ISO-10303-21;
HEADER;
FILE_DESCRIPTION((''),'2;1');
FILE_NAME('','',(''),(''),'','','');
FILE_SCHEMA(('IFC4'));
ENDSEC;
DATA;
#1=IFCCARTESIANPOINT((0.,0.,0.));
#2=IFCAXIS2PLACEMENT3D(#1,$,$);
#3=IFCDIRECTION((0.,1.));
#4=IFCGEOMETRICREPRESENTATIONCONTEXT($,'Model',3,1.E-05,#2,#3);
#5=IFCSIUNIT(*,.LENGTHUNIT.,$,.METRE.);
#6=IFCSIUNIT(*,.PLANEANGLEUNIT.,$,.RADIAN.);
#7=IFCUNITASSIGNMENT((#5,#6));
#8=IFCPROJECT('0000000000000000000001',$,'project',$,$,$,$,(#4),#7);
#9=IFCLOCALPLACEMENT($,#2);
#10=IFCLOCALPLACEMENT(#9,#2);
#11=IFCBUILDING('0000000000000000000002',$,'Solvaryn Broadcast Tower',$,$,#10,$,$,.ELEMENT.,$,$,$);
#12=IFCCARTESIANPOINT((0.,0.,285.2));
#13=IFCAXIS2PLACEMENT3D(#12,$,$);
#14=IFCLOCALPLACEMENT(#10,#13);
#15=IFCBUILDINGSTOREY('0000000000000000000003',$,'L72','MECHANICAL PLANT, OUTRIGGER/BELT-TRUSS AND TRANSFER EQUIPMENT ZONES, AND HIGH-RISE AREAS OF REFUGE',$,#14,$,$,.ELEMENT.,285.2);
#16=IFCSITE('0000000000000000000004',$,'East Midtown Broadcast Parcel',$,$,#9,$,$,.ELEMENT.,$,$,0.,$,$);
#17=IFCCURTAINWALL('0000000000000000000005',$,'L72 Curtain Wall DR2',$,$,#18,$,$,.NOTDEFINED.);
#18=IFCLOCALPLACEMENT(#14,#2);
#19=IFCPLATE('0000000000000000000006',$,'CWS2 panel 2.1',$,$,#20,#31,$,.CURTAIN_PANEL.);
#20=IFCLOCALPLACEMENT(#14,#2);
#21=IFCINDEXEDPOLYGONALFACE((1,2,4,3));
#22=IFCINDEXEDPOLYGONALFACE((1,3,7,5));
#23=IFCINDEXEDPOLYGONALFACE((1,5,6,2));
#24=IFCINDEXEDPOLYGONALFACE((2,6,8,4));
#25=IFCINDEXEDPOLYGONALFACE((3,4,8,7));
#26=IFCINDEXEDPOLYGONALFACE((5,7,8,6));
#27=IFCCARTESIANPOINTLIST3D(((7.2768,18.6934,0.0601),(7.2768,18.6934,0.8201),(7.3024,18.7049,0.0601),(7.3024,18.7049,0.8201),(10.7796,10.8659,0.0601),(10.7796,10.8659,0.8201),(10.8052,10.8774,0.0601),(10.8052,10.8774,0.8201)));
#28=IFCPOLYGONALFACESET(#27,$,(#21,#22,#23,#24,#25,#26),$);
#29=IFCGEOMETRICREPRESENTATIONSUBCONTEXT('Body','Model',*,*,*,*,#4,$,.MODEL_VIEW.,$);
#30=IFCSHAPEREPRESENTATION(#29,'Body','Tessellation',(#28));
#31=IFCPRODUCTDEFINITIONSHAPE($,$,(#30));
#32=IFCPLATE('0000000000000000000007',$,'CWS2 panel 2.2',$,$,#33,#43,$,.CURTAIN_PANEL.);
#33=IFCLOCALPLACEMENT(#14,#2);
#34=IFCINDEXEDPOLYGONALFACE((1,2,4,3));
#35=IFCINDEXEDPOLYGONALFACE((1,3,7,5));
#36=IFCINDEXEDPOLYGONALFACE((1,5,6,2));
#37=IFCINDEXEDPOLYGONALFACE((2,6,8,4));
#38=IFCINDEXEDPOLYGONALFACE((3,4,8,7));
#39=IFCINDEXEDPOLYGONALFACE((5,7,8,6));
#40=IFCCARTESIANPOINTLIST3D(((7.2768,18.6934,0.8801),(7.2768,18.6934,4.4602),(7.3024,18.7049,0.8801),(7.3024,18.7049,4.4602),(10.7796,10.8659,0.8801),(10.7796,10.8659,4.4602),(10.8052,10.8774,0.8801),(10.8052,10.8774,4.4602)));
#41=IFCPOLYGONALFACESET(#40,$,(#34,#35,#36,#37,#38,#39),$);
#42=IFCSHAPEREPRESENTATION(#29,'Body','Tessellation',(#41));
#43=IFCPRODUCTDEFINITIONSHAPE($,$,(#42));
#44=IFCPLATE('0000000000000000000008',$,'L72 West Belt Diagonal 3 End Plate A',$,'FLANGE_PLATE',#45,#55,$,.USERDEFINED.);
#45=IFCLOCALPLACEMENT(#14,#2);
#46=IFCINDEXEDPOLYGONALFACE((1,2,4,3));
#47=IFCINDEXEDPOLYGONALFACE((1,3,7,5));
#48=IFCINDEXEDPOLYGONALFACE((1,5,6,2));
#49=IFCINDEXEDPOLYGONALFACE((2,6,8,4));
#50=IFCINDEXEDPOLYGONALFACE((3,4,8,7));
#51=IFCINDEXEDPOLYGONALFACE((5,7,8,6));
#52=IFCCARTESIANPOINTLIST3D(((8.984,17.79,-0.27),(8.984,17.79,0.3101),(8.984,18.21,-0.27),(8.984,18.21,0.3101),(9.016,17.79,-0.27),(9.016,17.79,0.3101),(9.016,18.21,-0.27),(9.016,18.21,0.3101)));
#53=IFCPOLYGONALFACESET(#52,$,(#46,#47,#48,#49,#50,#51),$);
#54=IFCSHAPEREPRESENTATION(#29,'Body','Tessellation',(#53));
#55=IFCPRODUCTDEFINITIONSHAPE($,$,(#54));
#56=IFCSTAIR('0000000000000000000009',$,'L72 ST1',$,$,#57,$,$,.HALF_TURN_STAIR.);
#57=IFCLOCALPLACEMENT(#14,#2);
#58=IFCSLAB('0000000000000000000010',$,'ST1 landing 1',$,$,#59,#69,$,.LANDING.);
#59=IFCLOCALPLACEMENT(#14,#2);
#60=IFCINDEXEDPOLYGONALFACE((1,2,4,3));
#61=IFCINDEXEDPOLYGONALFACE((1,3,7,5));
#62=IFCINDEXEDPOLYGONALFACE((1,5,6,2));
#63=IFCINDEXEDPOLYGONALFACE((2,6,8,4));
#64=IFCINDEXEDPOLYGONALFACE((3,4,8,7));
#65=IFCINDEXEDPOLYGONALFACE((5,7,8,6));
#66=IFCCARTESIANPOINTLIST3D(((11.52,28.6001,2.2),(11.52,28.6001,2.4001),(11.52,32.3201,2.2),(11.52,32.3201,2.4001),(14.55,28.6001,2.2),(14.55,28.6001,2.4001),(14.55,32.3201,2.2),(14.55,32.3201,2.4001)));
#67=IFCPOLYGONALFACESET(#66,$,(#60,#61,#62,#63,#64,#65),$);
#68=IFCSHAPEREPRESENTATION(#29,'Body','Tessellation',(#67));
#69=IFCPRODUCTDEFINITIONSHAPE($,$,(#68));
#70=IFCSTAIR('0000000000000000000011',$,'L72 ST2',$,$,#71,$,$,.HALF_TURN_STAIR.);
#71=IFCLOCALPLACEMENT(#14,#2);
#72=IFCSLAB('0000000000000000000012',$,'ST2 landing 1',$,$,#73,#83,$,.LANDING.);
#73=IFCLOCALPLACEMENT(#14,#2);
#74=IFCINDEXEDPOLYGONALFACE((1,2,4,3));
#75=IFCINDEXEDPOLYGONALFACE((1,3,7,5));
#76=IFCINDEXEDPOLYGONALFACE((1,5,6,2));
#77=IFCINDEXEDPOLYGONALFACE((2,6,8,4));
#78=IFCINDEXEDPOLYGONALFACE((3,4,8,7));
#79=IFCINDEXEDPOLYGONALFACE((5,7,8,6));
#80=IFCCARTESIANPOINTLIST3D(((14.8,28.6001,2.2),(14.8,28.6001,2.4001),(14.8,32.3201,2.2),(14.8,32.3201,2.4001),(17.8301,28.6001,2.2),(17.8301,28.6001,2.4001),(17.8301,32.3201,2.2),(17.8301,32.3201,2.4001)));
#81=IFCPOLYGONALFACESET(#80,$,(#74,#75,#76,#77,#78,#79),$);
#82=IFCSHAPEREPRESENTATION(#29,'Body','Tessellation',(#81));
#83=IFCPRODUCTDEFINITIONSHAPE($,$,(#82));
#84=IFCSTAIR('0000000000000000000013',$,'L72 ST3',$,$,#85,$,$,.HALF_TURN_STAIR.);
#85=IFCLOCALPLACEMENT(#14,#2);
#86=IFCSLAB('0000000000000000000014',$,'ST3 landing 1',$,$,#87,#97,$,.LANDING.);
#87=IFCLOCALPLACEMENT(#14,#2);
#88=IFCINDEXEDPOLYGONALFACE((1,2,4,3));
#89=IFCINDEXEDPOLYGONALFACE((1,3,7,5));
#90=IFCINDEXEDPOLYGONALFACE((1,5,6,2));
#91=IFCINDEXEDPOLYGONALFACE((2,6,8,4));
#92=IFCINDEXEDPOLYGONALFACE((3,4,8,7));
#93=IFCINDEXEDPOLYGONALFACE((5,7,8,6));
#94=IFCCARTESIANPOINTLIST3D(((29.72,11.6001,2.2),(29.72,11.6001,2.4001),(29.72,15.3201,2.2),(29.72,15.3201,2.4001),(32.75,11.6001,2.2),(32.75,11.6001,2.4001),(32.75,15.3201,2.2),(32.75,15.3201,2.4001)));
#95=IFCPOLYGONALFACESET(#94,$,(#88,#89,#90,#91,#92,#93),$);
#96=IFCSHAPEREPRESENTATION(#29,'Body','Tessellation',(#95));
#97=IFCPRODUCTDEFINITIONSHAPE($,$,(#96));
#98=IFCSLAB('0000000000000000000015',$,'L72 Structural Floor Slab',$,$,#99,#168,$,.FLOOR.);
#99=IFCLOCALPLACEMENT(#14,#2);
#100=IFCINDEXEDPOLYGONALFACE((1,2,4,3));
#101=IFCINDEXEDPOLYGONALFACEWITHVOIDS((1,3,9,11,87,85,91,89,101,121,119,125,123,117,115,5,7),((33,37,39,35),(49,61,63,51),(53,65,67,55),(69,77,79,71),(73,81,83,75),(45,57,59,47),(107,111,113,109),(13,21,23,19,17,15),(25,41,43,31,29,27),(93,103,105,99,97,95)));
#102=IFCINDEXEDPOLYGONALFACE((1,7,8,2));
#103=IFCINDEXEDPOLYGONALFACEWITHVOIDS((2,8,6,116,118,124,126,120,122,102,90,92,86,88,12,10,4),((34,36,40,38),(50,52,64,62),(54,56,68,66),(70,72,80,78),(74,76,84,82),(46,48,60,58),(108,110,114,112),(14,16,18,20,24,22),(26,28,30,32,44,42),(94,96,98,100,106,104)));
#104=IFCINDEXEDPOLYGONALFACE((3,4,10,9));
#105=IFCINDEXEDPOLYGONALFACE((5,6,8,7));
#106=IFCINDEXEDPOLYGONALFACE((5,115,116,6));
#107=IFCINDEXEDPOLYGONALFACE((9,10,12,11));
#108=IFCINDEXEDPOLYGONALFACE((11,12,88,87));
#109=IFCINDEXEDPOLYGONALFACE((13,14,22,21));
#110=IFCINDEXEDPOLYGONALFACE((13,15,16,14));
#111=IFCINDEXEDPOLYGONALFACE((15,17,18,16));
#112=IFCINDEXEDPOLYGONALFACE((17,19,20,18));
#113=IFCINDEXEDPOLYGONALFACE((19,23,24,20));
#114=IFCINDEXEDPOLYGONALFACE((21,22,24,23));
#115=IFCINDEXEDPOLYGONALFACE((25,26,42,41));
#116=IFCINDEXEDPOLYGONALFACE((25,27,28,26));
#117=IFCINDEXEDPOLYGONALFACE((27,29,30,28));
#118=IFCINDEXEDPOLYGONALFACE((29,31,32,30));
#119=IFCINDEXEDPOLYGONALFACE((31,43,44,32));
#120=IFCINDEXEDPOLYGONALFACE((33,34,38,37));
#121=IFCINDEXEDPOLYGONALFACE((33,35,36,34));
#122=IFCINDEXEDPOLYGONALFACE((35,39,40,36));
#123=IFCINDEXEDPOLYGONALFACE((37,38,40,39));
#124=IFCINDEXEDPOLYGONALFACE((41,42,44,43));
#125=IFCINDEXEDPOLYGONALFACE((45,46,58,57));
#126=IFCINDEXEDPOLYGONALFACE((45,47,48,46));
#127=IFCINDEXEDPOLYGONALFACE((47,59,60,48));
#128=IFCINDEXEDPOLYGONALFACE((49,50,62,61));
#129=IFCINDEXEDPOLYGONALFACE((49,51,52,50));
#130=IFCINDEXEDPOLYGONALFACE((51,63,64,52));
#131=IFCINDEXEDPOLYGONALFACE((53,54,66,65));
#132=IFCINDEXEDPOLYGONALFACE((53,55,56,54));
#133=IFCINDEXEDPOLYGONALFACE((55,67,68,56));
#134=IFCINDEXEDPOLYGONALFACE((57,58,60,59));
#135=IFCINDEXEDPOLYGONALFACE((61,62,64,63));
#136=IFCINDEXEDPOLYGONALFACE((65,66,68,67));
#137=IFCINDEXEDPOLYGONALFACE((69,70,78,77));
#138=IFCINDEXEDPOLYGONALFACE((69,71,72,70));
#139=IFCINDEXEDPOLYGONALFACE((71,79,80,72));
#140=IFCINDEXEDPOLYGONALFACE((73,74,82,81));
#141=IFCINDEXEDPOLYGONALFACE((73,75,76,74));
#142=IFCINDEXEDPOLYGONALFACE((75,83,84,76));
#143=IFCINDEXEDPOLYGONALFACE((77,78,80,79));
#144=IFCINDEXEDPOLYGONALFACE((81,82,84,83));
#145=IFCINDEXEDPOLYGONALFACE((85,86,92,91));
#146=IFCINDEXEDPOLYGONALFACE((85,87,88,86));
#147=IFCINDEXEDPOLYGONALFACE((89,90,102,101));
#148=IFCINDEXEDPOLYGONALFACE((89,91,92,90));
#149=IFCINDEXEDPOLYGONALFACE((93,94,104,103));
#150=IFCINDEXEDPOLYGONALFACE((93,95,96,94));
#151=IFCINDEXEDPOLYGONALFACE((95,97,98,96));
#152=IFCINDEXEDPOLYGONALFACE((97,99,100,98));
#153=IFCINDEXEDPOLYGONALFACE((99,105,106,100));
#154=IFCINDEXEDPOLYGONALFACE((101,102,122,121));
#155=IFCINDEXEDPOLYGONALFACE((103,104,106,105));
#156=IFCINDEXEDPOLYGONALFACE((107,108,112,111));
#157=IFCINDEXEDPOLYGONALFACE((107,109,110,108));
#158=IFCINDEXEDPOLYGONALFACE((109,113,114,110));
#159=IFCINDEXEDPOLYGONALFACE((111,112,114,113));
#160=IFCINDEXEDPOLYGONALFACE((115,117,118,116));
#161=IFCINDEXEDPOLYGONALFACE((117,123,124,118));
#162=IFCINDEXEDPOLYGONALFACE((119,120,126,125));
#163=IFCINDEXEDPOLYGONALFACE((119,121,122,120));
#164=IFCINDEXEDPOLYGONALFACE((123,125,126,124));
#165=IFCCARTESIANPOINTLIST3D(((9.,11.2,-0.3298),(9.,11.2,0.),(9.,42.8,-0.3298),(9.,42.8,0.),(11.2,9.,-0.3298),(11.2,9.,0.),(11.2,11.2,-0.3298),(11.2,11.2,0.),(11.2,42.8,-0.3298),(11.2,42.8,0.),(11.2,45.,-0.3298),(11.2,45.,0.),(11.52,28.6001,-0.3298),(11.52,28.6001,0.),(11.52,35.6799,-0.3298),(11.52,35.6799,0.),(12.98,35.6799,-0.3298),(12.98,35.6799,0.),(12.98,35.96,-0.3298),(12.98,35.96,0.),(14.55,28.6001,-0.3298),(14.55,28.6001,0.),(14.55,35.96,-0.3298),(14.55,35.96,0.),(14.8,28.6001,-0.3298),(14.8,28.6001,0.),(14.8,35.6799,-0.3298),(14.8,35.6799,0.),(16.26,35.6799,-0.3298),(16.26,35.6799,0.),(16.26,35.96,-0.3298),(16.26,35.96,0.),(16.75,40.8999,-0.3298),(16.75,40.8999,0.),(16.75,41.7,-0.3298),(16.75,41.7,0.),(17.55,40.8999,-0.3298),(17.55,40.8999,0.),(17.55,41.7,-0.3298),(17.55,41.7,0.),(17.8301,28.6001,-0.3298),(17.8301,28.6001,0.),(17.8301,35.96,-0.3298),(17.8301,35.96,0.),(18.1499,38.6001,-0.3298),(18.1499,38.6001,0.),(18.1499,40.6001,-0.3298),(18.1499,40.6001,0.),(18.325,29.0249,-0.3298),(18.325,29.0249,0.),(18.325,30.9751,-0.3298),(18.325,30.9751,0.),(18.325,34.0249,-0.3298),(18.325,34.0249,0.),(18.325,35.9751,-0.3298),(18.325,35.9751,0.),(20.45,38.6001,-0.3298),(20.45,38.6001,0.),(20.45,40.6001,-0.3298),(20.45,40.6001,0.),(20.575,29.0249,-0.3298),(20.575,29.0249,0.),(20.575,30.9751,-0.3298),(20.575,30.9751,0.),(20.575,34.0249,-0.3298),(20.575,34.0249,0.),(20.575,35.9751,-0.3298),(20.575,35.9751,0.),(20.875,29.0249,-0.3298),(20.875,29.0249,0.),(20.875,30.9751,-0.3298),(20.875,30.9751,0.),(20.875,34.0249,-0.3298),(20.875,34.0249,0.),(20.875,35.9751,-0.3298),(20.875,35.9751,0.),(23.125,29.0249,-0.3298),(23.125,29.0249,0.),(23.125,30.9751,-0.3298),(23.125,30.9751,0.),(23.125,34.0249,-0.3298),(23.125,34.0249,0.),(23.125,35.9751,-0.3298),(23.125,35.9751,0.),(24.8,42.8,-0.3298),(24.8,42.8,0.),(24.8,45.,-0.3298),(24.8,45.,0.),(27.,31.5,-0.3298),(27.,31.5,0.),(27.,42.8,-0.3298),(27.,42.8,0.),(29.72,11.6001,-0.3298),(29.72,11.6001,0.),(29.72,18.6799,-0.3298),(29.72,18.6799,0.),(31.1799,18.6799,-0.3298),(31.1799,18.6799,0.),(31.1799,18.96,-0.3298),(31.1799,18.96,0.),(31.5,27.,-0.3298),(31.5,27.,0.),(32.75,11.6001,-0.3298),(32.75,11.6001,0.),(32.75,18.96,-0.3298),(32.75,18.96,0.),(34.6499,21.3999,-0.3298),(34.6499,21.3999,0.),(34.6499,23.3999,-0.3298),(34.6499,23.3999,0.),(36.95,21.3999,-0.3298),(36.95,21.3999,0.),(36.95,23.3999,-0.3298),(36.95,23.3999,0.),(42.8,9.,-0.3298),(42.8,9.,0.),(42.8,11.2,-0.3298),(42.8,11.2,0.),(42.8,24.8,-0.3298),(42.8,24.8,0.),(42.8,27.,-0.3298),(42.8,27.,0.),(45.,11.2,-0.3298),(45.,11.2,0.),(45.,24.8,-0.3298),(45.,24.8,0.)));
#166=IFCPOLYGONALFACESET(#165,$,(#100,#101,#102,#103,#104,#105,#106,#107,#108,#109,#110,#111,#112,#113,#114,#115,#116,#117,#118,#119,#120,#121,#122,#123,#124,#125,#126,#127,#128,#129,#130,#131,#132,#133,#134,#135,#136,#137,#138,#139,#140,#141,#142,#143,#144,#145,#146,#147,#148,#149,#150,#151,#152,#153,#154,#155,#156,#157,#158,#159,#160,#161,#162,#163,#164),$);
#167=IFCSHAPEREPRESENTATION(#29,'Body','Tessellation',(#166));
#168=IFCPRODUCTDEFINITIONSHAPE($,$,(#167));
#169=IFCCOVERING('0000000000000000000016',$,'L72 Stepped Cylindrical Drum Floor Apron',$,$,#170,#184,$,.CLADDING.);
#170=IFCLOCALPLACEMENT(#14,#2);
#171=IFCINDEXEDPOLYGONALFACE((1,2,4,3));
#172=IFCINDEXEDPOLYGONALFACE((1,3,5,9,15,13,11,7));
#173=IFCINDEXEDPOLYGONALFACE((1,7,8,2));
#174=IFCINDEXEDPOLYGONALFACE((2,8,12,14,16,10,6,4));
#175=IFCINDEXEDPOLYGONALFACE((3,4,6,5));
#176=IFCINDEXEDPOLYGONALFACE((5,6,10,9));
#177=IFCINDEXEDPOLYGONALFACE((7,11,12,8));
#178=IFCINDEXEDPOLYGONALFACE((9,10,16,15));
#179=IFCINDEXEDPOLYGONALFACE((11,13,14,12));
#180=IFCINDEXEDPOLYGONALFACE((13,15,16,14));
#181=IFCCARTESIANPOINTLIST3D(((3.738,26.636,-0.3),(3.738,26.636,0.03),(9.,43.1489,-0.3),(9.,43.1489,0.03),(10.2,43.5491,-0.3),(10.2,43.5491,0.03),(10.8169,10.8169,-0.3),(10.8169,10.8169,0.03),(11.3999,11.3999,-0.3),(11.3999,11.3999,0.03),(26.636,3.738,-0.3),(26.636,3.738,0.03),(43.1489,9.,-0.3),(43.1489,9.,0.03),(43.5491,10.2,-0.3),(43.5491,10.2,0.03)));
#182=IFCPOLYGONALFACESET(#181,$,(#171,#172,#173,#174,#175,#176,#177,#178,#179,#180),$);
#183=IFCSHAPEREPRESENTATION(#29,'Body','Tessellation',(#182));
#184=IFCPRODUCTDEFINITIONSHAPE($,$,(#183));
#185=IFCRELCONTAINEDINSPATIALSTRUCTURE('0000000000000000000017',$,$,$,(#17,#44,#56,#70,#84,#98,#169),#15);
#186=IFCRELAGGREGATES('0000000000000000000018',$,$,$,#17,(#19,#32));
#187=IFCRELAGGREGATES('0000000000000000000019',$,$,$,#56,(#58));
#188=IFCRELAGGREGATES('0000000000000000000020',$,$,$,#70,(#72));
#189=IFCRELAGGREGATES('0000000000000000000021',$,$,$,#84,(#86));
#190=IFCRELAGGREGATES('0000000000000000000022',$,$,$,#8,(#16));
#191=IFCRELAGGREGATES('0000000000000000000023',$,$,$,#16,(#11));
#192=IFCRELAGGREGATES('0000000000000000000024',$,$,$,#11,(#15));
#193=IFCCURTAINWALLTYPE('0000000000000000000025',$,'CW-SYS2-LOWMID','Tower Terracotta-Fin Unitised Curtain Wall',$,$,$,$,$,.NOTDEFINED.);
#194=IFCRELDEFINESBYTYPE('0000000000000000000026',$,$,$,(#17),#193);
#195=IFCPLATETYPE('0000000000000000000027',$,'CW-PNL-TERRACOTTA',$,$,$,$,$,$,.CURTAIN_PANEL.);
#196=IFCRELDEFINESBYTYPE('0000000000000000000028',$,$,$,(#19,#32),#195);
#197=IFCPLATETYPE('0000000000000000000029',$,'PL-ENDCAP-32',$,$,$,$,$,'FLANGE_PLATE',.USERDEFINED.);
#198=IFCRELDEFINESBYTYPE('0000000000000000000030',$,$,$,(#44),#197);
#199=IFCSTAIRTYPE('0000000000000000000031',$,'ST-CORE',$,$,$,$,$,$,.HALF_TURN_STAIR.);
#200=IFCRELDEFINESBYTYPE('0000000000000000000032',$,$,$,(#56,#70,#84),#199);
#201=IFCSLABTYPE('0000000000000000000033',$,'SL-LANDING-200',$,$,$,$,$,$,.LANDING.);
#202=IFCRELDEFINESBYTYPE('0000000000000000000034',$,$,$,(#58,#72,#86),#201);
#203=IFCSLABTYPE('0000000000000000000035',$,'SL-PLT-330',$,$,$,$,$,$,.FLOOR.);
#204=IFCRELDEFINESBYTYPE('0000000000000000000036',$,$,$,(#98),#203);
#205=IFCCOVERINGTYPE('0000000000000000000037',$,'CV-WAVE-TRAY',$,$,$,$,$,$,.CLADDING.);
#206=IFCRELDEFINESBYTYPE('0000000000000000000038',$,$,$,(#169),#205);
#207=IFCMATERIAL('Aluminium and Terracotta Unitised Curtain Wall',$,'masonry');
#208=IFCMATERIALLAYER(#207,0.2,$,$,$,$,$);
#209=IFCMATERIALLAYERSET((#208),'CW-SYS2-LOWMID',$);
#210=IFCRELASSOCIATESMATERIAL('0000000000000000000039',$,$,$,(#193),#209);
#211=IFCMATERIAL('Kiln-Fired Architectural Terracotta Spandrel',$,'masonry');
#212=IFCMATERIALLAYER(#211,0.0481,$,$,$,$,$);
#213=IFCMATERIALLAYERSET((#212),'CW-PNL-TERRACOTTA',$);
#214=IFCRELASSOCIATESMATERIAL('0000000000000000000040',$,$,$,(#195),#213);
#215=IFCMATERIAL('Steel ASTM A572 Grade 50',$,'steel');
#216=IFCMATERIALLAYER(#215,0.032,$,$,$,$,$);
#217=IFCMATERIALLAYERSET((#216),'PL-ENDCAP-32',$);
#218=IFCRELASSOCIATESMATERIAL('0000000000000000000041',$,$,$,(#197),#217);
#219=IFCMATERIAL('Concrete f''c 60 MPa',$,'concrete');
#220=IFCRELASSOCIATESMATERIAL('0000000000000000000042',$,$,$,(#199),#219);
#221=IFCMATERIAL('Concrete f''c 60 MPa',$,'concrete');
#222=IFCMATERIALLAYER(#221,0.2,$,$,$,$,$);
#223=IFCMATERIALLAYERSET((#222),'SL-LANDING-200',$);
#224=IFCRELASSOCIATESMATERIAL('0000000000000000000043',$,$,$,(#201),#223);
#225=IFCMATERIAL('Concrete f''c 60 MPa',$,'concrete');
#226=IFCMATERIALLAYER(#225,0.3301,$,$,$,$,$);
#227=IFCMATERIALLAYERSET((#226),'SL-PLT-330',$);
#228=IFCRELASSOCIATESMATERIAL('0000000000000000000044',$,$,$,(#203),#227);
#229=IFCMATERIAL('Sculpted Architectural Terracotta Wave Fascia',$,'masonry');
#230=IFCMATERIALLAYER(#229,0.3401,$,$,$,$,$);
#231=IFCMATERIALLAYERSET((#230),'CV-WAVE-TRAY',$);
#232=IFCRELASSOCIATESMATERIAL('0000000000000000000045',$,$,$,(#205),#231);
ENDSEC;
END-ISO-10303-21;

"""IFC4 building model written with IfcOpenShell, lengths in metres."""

from ifc_helpers import new_model, si_unit, direction, frame, origin, origin_2d, place, context, subcontext, project, spatial, polyline, rectangle, outline, extrude, material, layer, layer_set, type_object, element, aggregate, save


model = new_model("IFC4")

# Units and contexts
model_context = context("Model", 3, precision=1e-05, world=origin(), true_north=direction((0.0, 1.0)))
body_context = subcontext(model_context, "Body", "Model", "MODEL_VIEW")
ifc_project = project(units=[si_unit("LENGTHUNIT", "METRE"), si_unit("PLANEANGLEUNIT", "RADIAN")], contexts=[model_context])

# Site, building, storey
site_placement = place(None, origin())
site = spatial("IfcSite", under=ifc_project, at=site_placement, Name="East Midtown Broadcast Parcel", CompositionType="ELEMENT", RefElevation=0.0)
building_placement = place(site_placement, origin())
building = spatial("IfcBuilding", under=site, at=building_placement, Name="Solvaryn Broadcast Tower", CompositionType="ELEMENT")
storey_placement = place(building_placement, frame((0.0, 0.0, 285.2)))
storey = spatial("IfcBuildingStorey", under=building, at=storey_placement, Name="L72", Description="MECHANICAL PLANT, OUTRIGGER/BELT-TRUSS AND TRANSFER EQUIPMENT ZONES, AND HIGH-RISE AREAS OF REFUGE", CompositionType="ELEMENT", Elevation=285.2)

# Curtain wall
ifc_material_1 = material(Name="Aluminium and Terracotta Unitised Curtain Wall", Category="masonry")
ifc_layer_1 = layer(ifc_material_1, 0.2)
ifc_layer_set_1 = layer_set([ifc_layer_1], Name="CW-SYS2-LOWMID")
curtain_wall_type = type_object("IfcCurtainWallType", Name="CW-SYS2-LOWMID", Description="Tower Terracotta-Fin Unitised Curtain Wall", PredefinedType="NOTDEFINED", material=ifc_layer_set_1)
curtain_wall_1_placement = place(storey_placement, origin())
curtain_wall_1 = element("IfcCurtainWall", 1, at=curtain_wall_1_placement, inside=storey, type_object=curtain_wall_type, Name="L72 Curtain Wall DR2", PredefinedType="NOTDEFINED")

# Plates
ifc_material_2 = material(Name="Kiln-Fired Architectural Terracotta Spandrel", Category="masonry")
ifc_layer_2 = layer(ifc_material_2, 0.0481)
ifc_layer_set_2 = layer_set([ifc_layer_2], Name="CW-PNL-TERRACOTTA")
plate_type_1 = type_object("IfcPlateType", Name="CW-PNL-TERRACOTTA", PredefinedType="CURTAIN_PANEL", material=ifc_layer_set_2)
plate_1_placement = place(storey_placement, frame((9.041, 14.7854, 0.0601), z_axis=(0.0, 0.0, 1.0), x_axis=(0.408466, -0.912774, 0.0)))
plate_1 = element("IfcPlate", 2, at=plate_1_placement, type_object=plate_type_1, Name="CWS2 panel 2.1", PredefinedType="CURTAIN_PANEL", context=body_context, shape_type="SweptSolid", body=[
    extrude(rectangle(XDim=8.5754, YDim=0.0281, at=origin_2d()), origin(), (0.0, 0.0, 1.0), 0.76),
])
plate_2_placement = place(storey_placement, frame((9.041, 14.7854, 0.8801), z_axis=(0.0, 0.0, 1.0), x_axis=(0.408466, -0.912774, 0.0)))
plate_2 = element("IfcPlate", 3, at=plate_2_placement, type_object=plate_type_1, Name="CWS2 panel 2.2", PredefinedType="CURTAIN_PANEL", context=body_context, shape_type="SweptSolid", body=[
    extrude(rectangle(XDim=8.5754, YDim=0.0281, at=origin_2d()), origin(), (0.0, 0.0, 1.0), 3.5801),
])
aggregate(curtain_wall_1, [plate_1, plate_2])
ifc_material_3 = material(Name="Steel ASTM A572 Grade 50", Category="steel")
ifc_layer_3 = layer(ifc_material_3, 0.032)
ifc_layer_set_3 = layer_set([ifc_layer_3], Name="PL-ENDCAP-32")
plate_type_2 = type_object("IfcPlateType", Name="PL-ENDCAP-32", ElementType="FLANGE_PLATE", PredefinedType="USERDEFINED", material=ifc_layer_set_3)
plate_3_placement = place(storey_placement, frame((9.0, 18.0, -0.27), z_axis=(0.0, 0.0, 1.0), x_axis=(1.0, 0.0, 0.0)))
element("IfcPlate", 4, at=plate_3_placement, inside=storey, type_object=plate_type_2, Name="L72 West Belt Diagonal 3 End Plate A", ObjectType="FLANGE_PLATE", PredefinedType="USERDEFINED", context=body_context, shape_type="SweptSolid", body=[
    extrude(rectangle(XDim=0.032, YDim=0.4199, at=origin_2d()), origin(), (0.0, 0.0, 1.0), 0.5801),
])

# Stairs, slabs
ifc_material_4 = material(Name="Concrete f'c 60 MPa", Category="concrete")
stair_type = type_object("IfcStairType", Name="ST-CORE", PredefinedType="HALF_TURN_STAIR", material=ifc_material_4)
stair_1_placement = place(storey_placement, origin())
stair_1 = element("IfcStair", 5, at=stair_1_placement, inside=storey, type_object=stair_type, Name="L72 ST1", PredefinedType="HALF_TURN_STAIR")
ifc_material_5 = material(Name="Concrete f'c 60 MPa", Category="concrete")
ifc_layer_4 = layer(ifc_material_5, 0.2)
ifc_layer_set_4 = layer_set([ifc_layer_4], Name="SL-LANDING-200")
slab_type_1 = type_object("IfcSlabType", Name="SL-LANDING-200", PredefinedType="LANDING", material=ifc_layer_set_4)
slab_1_placement = place(storey_placement, frame((0.0, 0.0, 2.2)))
slab_1 = element("IfcSlab", 6, at=slab_1_placement, type_object=slab_type_1, Name="ST1 landing 1", PredefinedType="LANDING", context=body_context, shape_type="SweptSolid", body=[
    extrude(outline(polyline([(11.52, 32.3201), (11.52, 28.6001), (14.55, 28.6001), (14.55, 32.3201), (11.52, 32.3201)])), origin(), (0.0, 0.0, 1.0), 0.2002),
])
aggregate(stair_1, [slab_1])
stair_2_placement = place(storey_placement, origin())
stair_2 = element("IfcStair", 7, at=stair_2_placement, inside=storey, type_object=stair_type, Name="L72 ST2", PredefinedType="HALF_TURN_STAIR")
slab_2_placement = place(storey_placement, frame((0.0, 0.0, 2.2)))
slab_2 = element("IfcSlab", 8, at=slab_2_placement, type_object=slab_type_1, Name="ST2 landing 1", PredefinedType="LANDING", context=body_context, shape_type="SweptSolid", body=[
    extrude(outline(polyline([(14.8, 32.3201), (14.8, 28.6001), (17.8301, 28.6001), (17.8301, 32.3201), (14.8, 32.3201)])), origin(), (0.0, 0.0, 1.0), 0.2002),
])
aggregate(stair_2, [slab_2])
stair_3_placement = place(storey_placement, origin())
stair_3 = element("IfcStair", 9, at=stair_3_placement, inside=storey, type_object=stair_type, Name="L72 ST3", PredefinedType="HALF_TURN_STAIR")
slab_3_placement = place(storey_placement, frame((0.0, 0.0, 2.2)))
slab_3 = element("IfcSlab", 10, at=slab_3_placement, type_object=slab_type_1, Name="ST3 landing 1", PredefinedType="LANDING", context=body_context, shape_type="SweptSolid", body=[
    extrude(outline(polyline([(29.72, 15.3201), (29.72, 11.6001), (32.75, 11.6001), (32.75, 15.3201), (29.72, 15.3201)])), origin(), (0.0, 0.0, 1.0), 0.2002),
])
aggregate(stair_3, [slab_3])

# Slab
ifc_material_6 = material(Name="Concrete f'c 60 MPa", Category="concrete")
ifc_layer_5 = layer(ifc_material_6, 0.3301)
ifc_layer_set_5 = layer_set([ifc_layer_5], Name="SL-PLT-330")
slab_type_2 = type_object("IfcSlabType", Name="SL-PLT-330", PredefinedType="FLOOR", material=ifc_layer_set_5)
slab_4_placement = place(storey_placement, frame((0.0, 0.0, -0.3298)))
element("IfcSlab", 11, at=slab_4_placement, inside=storey, type_object=slab_type_2, Name="L72 Structural Floor Slab", PredefinedType="FLOOR", context=body_context, shape_type="SweptSolid", body=[
    extrude(outline(polyline([(11.2, 9.0), (42.8, 9.0), (42.8, 11.2), (45.0, 11.2), (45.0, 24.8), (42.8, 24.8), (42.8, 27.0), (31.5, 27.0), (27.0, 31.5), (27.0, 42.8), (24.8, 42.8), (24.8, 45.0), (11.2, 45.0), (11.2, 42.8), (9.0, 42.8), (9.0, 11.2), (11.2, 11.2), (11.2, 9.0)]), holes=[polyline([(11.52, 28.6001), (14.55, 28.6001), (14.55, 35.96), (12.98, 35.96), (12.98, 35.6799), (11.52, 35.6799), (11.52, 28.6001)]), polyline([(14.8, 28.6001), (17.8301, 28.6001), (17.8301, 35.96), (16.26, 35.96), (16.26, 35.6799), (14.8, 35.6799), (14.8, 28.6001)]), polyline([(29.72, 11.6001), (32.75, 11.6001), (32.75, 18.96), (31.1799, 18.96), (31.1799, 18.6799), (29.72, 18.6799), (29.72, 11.6001)]), polyline([(18.1499, 38.6001), (20.45, 38.6001), (20.45, 40.6001), (18.1499, 40.6001), (18.1499, 38.6001)]), polyline([(18.325, 29.0249), (20.575, 29.0249), (20.575, 30.9751), (18.325, 30.9751), (18.325, 29.0249)]), polyline([(20.875, 29.0249), (23.125, 29.0249), (23.125, 30.9751), (20.875, 30.9751), (20.875, 29.0249)]), polyline([(18.325, 34.0249), (20.575, 34.0249), (20.575, 35.9751), (18.325, 35.9751), (18.325, 34.0249)]), polyline([(20.875, 34.0249), (23.125, 34.0249), (23.125, 35.9751), (20.875, 35.9751), (20.875, 34.0249)]), polyline([(34.6499, 21.3999), (36.95, 21.3999), (36.95, 23.3999), (34.6499, 23.3999), (34.6499, 21.3999)]), polyline([(16.75, 40.8999), (17.55, 40.8999), (17.55, 41.7), (16.75, 41.7), (16.75, 40.8999)])]), origin(), (0.0, 0.0, 1.0), 0.3298),
])

# Covering
ifc_material_7 = material(Name="Sculpted Architectural Terracotta Wave Fascia", Category="masonry")
ifc_layer_6 = layer(ifc_material_7, 0.3401)
ifc_layer_set_6 = layer_set([ifc_layer_6], Name="CV-WAVE-TRAY")
covering_type = type_object("IfcCoveringType", Name="CV-WAVE-TRAY", PredefinedType="CLADDING", material=ifc_layer_set_6)
covering_1_placement = place(storey_placement, frame((0.0, 0.0, -0.3)))
element("IfcCovering", 12, at=covering_1_placement, inside=storey, type_object=covering_type, Name="L72 Stepped Cylindrical Drum Floor Apron", PredefinedType="CLADDING", context=body_context, shape_type="SweptSolid", body=[
    extrude(outline(polyline([(10.2, 43.5491), (9.0, 43.1489), (3.738, 26.636), (10.8169, 10.8169), (26.636, 3.738), (43.1489, 9.0), (43.1489, 9.0), (43.5491, 10.2), (11.3999, 11.3999), (10.2, 43.5491)])), origin(), (0.0, 0.0, 1.0), 0.3301),
])

save(model, "model.ifc")
